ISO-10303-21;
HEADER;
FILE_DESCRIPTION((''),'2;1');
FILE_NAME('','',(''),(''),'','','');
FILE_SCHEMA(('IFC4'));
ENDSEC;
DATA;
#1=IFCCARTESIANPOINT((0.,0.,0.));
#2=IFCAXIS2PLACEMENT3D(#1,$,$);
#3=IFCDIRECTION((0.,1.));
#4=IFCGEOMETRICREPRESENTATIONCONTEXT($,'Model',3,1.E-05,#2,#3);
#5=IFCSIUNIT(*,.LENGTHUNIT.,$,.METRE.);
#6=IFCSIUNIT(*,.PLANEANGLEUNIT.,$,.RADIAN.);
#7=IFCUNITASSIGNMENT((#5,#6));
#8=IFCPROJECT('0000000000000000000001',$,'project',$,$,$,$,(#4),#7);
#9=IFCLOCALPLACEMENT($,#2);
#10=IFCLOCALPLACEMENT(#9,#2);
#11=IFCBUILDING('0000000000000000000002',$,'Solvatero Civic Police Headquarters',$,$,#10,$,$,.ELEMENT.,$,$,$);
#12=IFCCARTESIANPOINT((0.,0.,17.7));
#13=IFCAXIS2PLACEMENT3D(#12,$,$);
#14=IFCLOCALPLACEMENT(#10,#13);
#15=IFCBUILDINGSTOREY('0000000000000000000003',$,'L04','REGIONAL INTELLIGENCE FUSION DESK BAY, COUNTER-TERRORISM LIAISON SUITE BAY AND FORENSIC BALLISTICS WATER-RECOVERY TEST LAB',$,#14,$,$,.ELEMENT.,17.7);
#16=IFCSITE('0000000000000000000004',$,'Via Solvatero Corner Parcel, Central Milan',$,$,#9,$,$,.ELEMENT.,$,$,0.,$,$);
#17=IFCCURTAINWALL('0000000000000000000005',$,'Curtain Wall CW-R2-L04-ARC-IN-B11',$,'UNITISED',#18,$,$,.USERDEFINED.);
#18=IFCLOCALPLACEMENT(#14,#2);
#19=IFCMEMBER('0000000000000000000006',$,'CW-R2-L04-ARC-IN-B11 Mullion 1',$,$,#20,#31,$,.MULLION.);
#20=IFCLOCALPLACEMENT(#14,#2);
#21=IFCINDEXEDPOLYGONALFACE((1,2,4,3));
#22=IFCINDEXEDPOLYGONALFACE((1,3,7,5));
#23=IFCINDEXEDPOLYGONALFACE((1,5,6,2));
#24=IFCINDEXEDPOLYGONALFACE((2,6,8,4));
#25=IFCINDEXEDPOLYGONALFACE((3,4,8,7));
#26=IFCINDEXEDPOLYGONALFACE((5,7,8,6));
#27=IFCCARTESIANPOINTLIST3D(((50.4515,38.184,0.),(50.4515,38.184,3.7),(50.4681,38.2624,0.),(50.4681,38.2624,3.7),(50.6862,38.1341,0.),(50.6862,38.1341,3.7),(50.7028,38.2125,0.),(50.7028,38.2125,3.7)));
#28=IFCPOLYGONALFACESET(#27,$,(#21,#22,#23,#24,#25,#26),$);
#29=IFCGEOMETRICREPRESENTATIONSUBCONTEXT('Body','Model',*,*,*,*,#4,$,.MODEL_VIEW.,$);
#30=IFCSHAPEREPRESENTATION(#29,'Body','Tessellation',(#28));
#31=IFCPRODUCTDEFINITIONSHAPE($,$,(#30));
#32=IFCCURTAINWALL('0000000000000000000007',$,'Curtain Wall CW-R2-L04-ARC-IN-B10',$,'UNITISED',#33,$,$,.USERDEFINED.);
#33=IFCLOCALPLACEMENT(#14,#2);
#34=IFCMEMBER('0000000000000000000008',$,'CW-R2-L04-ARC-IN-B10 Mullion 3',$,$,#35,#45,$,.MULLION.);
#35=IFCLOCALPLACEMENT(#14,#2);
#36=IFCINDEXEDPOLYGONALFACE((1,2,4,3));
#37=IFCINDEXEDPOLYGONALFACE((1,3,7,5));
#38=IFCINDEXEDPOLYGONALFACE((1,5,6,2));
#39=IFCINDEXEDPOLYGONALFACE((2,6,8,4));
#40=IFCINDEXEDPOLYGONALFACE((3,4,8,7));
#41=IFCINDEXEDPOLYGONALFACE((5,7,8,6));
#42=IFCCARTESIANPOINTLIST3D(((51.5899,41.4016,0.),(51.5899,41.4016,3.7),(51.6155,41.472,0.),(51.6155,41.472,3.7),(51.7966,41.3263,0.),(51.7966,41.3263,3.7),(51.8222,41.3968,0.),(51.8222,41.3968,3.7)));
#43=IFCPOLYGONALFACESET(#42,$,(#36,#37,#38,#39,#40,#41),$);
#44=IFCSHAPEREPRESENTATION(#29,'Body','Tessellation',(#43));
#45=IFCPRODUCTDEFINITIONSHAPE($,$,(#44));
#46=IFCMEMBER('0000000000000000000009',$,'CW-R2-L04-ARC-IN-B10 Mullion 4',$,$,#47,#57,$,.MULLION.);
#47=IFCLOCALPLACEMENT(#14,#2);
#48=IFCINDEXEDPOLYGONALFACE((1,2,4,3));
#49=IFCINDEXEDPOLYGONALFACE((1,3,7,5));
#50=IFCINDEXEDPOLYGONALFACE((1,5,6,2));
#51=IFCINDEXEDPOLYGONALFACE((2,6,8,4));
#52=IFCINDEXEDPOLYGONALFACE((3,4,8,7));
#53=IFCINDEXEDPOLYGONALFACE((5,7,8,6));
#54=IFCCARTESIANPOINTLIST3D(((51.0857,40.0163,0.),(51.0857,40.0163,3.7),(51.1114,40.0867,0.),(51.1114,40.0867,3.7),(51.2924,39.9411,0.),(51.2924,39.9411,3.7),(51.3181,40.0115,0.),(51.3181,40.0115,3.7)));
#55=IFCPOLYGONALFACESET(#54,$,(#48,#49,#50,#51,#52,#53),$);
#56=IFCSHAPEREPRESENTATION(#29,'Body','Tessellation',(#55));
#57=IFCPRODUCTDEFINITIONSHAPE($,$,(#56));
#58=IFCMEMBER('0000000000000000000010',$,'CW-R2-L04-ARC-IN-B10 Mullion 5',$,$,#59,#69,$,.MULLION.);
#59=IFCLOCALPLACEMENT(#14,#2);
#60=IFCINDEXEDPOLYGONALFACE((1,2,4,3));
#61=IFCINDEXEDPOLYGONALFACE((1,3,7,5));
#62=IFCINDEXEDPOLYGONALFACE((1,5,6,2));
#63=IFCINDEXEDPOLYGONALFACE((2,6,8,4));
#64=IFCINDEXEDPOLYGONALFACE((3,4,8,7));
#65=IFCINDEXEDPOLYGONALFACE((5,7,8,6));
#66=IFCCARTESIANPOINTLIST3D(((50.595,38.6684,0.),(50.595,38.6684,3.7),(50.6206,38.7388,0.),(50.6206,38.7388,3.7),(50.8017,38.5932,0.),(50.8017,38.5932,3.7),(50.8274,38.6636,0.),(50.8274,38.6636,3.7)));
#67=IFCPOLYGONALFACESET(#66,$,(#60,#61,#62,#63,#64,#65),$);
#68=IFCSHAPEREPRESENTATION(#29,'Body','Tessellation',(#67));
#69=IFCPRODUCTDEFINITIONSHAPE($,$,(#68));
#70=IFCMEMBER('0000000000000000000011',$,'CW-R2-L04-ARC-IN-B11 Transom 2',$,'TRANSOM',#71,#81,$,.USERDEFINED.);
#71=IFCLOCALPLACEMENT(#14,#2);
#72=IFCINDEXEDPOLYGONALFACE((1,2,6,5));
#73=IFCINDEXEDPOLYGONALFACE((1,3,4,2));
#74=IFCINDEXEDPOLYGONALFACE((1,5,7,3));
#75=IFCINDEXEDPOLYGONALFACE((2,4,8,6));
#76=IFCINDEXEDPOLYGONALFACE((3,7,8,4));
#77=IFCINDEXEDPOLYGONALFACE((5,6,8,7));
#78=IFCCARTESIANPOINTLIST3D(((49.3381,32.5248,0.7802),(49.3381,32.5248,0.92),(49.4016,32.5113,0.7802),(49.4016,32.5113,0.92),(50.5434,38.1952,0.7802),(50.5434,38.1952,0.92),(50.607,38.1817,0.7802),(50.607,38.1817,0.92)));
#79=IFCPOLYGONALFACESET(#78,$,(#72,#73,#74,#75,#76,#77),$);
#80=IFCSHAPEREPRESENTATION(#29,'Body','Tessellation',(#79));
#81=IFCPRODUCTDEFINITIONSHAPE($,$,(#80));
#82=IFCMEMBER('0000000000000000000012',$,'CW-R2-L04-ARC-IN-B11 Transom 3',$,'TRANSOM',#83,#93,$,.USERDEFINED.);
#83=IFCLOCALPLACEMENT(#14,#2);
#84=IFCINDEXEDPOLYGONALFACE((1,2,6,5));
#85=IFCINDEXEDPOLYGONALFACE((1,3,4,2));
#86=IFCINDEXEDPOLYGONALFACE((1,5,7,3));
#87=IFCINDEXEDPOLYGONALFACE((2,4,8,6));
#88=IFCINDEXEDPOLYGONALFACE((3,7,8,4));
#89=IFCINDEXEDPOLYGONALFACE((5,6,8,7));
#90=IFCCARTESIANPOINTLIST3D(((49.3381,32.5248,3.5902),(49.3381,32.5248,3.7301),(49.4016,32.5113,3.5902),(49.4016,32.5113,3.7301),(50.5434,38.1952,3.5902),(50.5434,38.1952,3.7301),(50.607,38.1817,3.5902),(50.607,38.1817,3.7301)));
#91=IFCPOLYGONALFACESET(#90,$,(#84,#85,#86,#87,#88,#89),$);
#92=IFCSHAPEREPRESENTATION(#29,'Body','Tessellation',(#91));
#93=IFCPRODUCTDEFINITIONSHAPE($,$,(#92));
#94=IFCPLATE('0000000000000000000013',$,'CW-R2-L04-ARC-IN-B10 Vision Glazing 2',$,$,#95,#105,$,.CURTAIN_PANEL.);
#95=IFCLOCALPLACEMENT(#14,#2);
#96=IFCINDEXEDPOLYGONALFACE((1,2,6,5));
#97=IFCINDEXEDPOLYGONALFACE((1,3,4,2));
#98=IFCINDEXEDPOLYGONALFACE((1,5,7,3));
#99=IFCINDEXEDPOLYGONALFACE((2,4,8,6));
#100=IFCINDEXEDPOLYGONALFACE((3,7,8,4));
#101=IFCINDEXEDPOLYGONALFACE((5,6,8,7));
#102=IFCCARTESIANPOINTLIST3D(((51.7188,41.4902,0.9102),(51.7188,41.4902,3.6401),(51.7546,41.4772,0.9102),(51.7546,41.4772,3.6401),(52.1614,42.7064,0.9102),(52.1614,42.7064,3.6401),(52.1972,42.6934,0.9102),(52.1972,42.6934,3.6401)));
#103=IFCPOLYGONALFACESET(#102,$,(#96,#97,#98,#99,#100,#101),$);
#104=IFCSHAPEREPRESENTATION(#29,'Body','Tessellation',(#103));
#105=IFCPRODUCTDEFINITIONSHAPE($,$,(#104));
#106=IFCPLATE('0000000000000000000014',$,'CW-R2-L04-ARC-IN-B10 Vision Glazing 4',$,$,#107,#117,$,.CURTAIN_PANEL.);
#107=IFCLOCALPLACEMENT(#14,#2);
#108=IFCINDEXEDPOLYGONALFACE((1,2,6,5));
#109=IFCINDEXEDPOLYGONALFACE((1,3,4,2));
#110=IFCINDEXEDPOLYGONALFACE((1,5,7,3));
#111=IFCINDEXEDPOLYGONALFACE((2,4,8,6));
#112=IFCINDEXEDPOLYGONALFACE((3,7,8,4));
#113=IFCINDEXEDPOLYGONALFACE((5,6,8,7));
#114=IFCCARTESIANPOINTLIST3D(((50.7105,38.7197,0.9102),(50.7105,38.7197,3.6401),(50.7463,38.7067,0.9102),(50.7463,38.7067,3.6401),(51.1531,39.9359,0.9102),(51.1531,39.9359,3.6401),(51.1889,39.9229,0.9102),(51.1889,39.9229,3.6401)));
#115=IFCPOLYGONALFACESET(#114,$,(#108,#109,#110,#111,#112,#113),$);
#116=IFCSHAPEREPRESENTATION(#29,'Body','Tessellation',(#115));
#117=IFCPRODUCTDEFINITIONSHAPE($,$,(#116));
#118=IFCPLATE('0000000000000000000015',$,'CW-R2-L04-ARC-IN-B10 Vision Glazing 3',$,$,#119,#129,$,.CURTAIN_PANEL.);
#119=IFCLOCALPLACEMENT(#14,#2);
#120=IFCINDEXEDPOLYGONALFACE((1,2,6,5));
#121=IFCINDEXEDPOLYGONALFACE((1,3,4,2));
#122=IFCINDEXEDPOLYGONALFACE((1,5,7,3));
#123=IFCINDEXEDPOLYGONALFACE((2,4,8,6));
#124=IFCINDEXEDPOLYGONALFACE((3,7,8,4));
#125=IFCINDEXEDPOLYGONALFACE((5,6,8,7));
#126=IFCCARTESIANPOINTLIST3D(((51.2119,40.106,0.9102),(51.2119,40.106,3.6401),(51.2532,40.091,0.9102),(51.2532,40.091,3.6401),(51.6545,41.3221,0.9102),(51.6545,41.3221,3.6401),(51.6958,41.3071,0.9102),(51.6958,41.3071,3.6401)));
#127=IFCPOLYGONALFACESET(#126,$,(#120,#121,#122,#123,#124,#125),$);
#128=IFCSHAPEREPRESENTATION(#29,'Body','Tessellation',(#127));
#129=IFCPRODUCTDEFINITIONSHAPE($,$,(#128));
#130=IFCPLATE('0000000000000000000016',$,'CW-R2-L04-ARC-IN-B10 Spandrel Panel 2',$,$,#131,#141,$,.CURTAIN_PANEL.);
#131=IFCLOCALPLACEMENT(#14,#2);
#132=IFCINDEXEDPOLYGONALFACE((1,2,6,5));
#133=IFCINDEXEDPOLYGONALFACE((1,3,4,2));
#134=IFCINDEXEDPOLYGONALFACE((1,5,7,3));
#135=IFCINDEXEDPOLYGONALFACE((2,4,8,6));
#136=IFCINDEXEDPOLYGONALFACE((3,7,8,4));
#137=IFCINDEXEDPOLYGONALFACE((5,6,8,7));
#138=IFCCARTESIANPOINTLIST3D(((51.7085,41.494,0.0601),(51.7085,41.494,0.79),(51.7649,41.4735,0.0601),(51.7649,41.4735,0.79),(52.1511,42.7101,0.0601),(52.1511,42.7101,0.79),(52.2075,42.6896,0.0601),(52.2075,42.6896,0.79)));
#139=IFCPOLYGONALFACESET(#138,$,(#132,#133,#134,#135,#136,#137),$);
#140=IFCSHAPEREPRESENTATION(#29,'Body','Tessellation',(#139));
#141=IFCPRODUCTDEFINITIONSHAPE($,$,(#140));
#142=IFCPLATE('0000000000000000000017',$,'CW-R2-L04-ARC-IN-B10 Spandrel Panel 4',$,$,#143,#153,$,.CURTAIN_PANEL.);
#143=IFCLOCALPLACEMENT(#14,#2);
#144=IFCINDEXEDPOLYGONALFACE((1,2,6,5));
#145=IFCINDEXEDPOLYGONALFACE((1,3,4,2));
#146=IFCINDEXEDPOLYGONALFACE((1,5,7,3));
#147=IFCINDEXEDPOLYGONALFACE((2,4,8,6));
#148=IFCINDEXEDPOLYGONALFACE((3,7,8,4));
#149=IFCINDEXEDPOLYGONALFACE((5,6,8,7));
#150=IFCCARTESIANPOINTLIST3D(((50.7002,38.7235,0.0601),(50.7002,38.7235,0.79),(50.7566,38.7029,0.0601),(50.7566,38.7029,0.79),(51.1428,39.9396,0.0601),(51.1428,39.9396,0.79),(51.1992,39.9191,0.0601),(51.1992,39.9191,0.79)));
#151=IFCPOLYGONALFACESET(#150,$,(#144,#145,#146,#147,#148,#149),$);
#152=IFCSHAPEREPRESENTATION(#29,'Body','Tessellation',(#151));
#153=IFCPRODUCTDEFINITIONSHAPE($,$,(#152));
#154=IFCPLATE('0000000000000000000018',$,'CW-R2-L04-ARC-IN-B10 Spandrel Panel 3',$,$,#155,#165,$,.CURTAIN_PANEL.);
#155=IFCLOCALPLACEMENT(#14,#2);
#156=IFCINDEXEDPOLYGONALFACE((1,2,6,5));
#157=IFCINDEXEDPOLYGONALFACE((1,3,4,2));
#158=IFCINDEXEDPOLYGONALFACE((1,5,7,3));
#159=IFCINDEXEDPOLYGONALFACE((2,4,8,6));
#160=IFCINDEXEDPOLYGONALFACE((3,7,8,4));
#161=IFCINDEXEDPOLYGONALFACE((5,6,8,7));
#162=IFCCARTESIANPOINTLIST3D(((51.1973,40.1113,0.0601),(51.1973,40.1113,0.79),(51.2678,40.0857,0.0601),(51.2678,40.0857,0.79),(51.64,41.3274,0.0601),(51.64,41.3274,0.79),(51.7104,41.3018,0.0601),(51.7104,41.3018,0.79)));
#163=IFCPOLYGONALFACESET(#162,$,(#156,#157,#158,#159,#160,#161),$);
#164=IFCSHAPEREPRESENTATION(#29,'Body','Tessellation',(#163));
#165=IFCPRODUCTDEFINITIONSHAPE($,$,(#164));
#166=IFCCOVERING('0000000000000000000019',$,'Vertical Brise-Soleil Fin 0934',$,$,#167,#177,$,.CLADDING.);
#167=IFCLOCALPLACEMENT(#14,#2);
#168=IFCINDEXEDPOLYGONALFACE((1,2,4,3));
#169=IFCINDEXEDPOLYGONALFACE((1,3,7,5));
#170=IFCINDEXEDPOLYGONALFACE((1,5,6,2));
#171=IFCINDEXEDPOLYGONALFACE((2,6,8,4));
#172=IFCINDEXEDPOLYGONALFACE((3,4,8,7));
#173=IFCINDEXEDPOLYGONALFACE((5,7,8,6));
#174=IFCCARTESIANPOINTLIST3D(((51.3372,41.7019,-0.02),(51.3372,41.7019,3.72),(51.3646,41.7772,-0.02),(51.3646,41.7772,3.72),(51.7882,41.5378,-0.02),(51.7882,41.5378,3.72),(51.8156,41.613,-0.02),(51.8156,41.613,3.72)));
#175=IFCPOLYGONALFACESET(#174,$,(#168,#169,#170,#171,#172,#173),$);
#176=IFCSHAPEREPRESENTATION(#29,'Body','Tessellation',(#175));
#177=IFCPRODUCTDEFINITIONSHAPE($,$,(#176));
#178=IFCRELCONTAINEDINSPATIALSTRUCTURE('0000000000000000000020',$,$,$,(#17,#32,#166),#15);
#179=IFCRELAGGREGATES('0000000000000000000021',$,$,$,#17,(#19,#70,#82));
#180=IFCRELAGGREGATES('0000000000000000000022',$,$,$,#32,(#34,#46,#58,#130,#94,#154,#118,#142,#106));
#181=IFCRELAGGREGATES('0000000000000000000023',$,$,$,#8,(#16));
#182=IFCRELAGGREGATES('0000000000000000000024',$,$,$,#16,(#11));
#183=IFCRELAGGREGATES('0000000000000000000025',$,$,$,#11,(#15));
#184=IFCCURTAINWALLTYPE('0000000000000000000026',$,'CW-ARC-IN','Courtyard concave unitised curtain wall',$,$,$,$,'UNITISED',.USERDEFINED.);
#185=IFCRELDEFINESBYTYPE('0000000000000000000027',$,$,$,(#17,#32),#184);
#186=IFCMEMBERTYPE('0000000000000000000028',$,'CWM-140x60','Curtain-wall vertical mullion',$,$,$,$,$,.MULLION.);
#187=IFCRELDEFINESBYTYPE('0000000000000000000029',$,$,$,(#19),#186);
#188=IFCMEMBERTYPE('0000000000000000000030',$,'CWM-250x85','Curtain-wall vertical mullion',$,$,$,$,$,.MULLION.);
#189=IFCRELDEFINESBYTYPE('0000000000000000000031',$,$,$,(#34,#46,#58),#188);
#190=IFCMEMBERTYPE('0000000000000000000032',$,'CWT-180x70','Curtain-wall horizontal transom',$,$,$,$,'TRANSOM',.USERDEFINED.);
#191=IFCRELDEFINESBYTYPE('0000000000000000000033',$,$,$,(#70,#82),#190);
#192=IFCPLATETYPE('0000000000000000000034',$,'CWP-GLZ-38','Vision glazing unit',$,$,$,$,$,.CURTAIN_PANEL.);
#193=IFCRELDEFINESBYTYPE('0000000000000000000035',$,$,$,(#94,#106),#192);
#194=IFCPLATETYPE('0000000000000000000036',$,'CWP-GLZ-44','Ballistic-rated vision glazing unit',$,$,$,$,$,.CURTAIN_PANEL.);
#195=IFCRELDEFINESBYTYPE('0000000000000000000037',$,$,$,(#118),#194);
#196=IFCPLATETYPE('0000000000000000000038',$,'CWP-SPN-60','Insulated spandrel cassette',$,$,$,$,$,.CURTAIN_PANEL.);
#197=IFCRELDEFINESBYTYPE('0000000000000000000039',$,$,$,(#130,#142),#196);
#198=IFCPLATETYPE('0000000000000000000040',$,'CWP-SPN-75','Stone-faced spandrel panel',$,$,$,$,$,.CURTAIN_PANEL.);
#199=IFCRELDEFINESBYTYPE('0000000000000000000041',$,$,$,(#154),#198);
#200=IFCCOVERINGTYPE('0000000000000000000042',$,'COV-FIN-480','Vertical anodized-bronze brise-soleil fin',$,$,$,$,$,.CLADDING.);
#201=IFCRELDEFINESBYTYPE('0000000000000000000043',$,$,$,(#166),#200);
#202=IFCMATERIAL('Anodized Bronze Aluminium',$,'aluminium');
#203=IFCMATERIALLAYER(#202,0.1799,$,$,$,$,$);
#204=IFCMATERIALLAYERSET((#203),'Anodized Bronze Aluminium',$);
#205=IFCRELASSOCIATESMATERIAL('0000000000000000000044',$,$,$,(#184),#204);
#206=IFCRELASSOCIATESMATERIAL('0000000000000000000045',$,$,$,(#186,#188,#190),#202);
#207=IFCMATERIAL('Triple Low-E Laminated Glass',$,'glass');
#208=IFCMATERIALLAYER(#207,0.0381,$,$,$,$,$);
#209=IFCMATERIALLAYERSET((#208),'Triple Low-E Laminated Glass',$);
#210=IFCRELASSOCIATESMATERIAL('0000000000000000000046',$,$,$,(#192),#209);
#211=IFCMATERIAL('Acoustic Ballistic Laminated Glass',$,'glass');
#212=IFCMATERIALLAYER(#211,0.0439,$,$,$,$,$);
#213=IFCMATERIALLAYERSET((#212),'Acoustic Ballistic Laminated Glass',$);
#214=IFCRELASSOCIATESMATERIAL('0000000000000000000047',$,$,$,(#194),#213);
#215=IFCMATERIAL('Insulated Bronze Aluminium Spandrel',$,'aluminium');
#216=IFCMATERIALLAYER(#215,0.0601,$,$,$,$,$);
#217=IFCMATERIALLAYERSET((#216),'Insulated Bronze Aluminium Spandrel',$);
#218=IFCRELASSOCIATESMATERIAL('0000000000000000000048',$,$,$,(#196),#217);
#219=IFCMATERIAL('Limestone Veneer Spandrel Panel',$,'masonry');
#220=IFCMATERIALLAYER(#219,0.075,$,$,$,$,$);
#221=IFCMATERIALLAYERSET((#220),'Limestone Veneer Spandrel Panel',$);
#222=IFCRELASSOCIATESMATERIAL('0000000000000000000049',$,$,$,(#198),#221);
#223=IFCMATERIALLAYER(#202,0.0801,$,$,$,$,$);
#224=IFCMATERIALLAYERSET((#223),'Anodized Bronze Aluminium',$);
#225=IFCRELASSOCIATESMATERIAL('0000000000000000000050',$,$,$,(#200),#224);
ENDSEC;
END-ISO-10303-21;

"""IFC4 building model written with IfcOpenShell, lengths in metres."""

from ifc_helpers import new_model, si_unit, direction, frame, origin, origin_2d, place, context, subcontext, project, spatial, rectangle, extrude, material, layer, layer_set, material_profile, profile_set, type_object, element, aggregate, save


model = new_model("IFC4")

# Units and contexts
model_context = context("Model", 3, precision=1e-05, world=origin(), true_north=direction((0.0, 1.0)))
body_context = subcontext(model_context, "Body", "Model", "MODEL_VIEW")
ifc_project = project(units=[si_unit("LENGTHUNIT", "METRE"), si_unit("PLANEANGLEUNIT", "RADIAN")], contexts=[model_context])

# Site, building, storey
site_placement = place(None, origin())
site = spatial("IfcSite", under=ifc_project, at=site_placement, Name="Via Solvatero Corner Parcel, Central Milan", CompositionType="ELEMENT", RefElevation=0.0)
building_placement = place(site_placement, origin())
building = spatial("IfcBuilding", under=site, at=building_placement, Name="Solvatero Civic Police Headquarters", CompositionType="ELEMENT")
storey_placement = place(building_placement, frame((0.0, 0.0, 17.7)))
storey = spatial("IfcBuildingStorey", under=building, at=storey_placement, Name="L04", Description="REGIONAL INTELLIGENCE FUSION DESK BAY, COUNTER-TERRORISM LIAISON SUITE BAY AND FORENSIC BALLISTICS WATER-RECOVERY TEST LAB", CompositionType="ELEMENT", Elevation=17.7)

# Curtain wall, member
ifc_material_1 = material(Name="Anodized Bronze Aluminium", Category="aluminium")
ifc_layer_1 = layer(ifc_material_1, 0.1799)
ifc_layer_set_1 = layer_set([ifc_layer_1], Name="Anodized Bronze Aluminium")
curtain_wall_type = type_object("IfcCurtainWallType", Name="CW-ARC-IN", Description="Courtyard concave unitised curtain wall", ElementType="UNITISED", PredefinedType="USERDEFINED", material=ifc_layer_set_1)
curtain_wall_1_placement = place(storey_placement, origin())
curtain_wall_1 = element("IfcCurtainWall", 1, at=curtain_wall_1_placement, inside=storey, type_object=curtain_wall_type, Name="Curtain Wall CW-R2-L04-ARC-IN-B11", ObjectType="UNITISED", PredefinedType="USERDEFINED")
ifc_material_profile_1 = material_profile(ifc_material_1, rectangle(XDim=0.0801, YDim=0.24, at=origin_2d()), Name="ALU MULLION 80x240")
ifc_profile_set_1 = profile_set([ifc_material_profile_1], Name="Anodized Bronze Aluminium")
member_type_1 = type_object("IfcMemberType", Name="CWM-140x60", Description="Curtain-wall vertical mullion", PredefinedType="MULLION", material=ifc_profile_set_1)
member_1_placement = place(storey_placement, frame((50.5771, 38.1982, 0.0), z_axis=(0.0, 0.0, 1.0), x_axis=(-0.207912, -0.978148, 0.0)))
member_1 = element("IfcMember", 2, at=member_1_placement, type_object=member_type_1, Name="CW-R2-L04-ARC-IN-B11 Mullion 1", PredefinedType="MULLION", context=body_context, shape_type="SweptSolid", body=[
    extrude(rectangle(XDim=0.0801, YDim=0.24, at=origin_2d()), origin(), (0.0, 0.0, 1.0), 3.7),
])

# Curtain wall, members
curtain_wall_2_placement = place(storey_placement, origin())
curtain_wall_2 = element("IfcCurtainWall", 3, at=curtain_wall_2_placement, inside=storey, type_object=curtain_wall_type, Name="Curtain Wall CW-R2-L04-ARC-IN-B10", ObjectType="UNITISED", PredefinedType="USERDEFINED")
ifc_material_profile_2 = material_profile(ifc_material_1, rectangle(XDim=0.075, YDim=0.22, at=origin_2d()), Name="ALU MULLION 75x220")
ifc_profile_set_2 = profile_set([ifc_material_profile_2], Name="Anodized Bronze Aluminium")
member_type_2 = type_object("IfcMemberType", Name="CWM-250x85", Description="Curtain-wall vertical mullion", PredefinedType="MULLION", material=ifc_profile_set_2)
member_2_placement = place(storey_placement, frame((51.7061, 41.3992, 0.0), z_axis=(0.0, 0.0, 1.0), x_axis=(-0.342004, -0.939699, 0.0)))
member_2 = element("IfcMember", 4, at=member_2_placement, type_object=member_type_2, Name="CW-R2-L04-ARC-IN-B10 Mullion 3", PredefinedType="MULLION", context=body_context, shape_type="SweptSolid", body=[
    extrude(rectangle(XDim=0.075, YDim=0.22, at=origin_2d()), origin(), (0.0, 0.0, 1.0), 3.7),
])
member_3_placement = place(storey_placement, frame((51.2019, 40.0139, 0.0), z_axis=(0.0, 0.0, 1.0), x_axis=(-0.342004, -0.939699, 0.0)))
member_3 = element("IfcMember", 5, at=member_3_placement, type_object=member_type_2, Name="CW-R2-L04-ARC-IN-B10 Mullion 4", PredefinedType="MULLION", context=body_context, shape_type="SweptSolid", body=[
    extrude(rectangle(XDim=0.075, YDim=0.22, at=origin_2d()), origin(), (0.0, 0.0, 1.0), 3.7),
])
member_4_placement = place(storey_placement, frame((50.7112, 38.666, 0.0), z_axis=(0.0, 0.0, 1.0), x_axis=(-0.342004, -0.939699, 0.0)))
member_4 = element("IfcMember", 6, at=member_4_placement, type_object=member_type_2, Name="CW-R2-L04-ARC-IN-B10 Mullion 5", PredefinedType="MULLION", context=body_context, shape_type="SweptSolid", body=[
    extrude(rectangle(XDim=0.075, YDim=0.22, at=origin_2d()), origin(), (0.0, 0.0, 1.0), 3.7),
])

# Members
ifc_material_profile_3 = material_profile(ifc_material_1, rectangle(XDim=0.0649, YDim=0.1399, at=origin_2d()), Name="ALU TRANSOM 65x140")
ifc_profile_set_3 = profile_set([ifc_material_profile_3], Name="Anodized Bronze Aluminium")
member_type_3 = type_object("IfcMemberType", Name="CWT-180x70", Description="Curtain-wall horizontal transom", ElementType="TRANSOM", PredefinedType="USERDEFINED", material=ifc_profile_set_3)
member_5_placement = place(storey_placement, frame((50.5752, 38.1885, 0.8501), z_axis=(-0.207918, -0.978146, 0.0), x_axis=(0.978146, -0.207918, 0.0)))
member_5 = element("IfcMember", 7, at=member_5_placement, type_object=member_type_3, Name="CW-R2-L04-ARC-IN-B11 Transom 2", ObjectType="TRANSOM", PredefinedType="USERDEFINED", context=body_context, shape_type="SweptSolid", body=[
    extrude(rectangle(XDim=0.0649, YDim=0.1399, at=origin_2d()), origin(), (0.0, 0.0, 1.0), 5.7971),
])
member_6_placement = place(storey_placement, frame((50.5752, 38.1885, 3.6602), z_axis=(-0.207918, -0.978146, 0.0), x_axis=(0.978146, -0.207918, 0.0)))
member_6 = element("IfcMember", 8, at=member_6_placement, type_object=member_type_3, Name="CW-R2-L04-ARC-IN-B11 Transom 3", ObjectType="TRANSOM", PredefinedType="USERDEFINED", context=body_context, shape_type="SweptSolid", body=[
    extrude(rectangle(XDim=0.0649, YDim=0.1399, at=origin_2d()), origin(), (0.0, 0.0, 1.0), 5.7971),
])
aggregate(curtain_wall_1, [member_1, member_5, member_6])

# Plates
ifc_material_2 = material(Name="Triple Low-E Laminated Glass", Category="glass")
ifc_layer_2 = layer(ifc_material_2, 0.0381)
ifc_layer_set_2 = layer_set([ifc_layer_2], Name="Triple Low-E Laminated Glass")
plate_type_1 = type_object("IfcPlateType", Name="CWP-GLZ-38", Description="Vision glazing unit", PredefinedType="CURTAIN_PANEL", material=ifc_layer_set_2)
plate_1_placement = place(storey_placement, frame((51.958, 42.0918, 0.9102), z_axis=(0.0, 0.0, 1.0), x_axis=(-0.342004, -0.939699, 0.0)))
plate_1 = element("IfcPlate", 9, at=plate_1_placement, type_object=plate_type_1, Name="CW-R2-L04-ARC-IN-B10 Vision Glazing 2", PredefinedType="CURTAIN_PANEL", context=body_context, shape_type="SweptSolid", body=[
    extrude(rectangle(XDim=1.2942, YDim=0.0381, at=origin_2d()), origin(), (0.0, 0.0, 1.0), 2.73),
])
plate_2_placement = place(storey_placement, frame((50.9497, 39.3213, 0.9102), z_axis=(0.0, 0.0, 1.0), x_axis=(-0.342004, -0.939699, 0.0)))
plate_2 = element("IfcPlate", 10, at=plate_2_placement, type_object=plate_type_1, Name="CW-R2-L04-ARC-IN-B10 Vision Glazing 4", PredefinedType="CURTAIN_PANEL", context=body_context, shape_type="SweptSolid", body=[
    extrude(rectangle(XDim=1.2942, YDim=0.0381, at=origin_2d()), origin(), (0.0, 0.0, 1.0), 2.73),
])
ifc_material_3 = material(Name="Acoustic Ballistic Laminated Glass", Category="glass")
ifc_layer_3 = layer(ifc_material_3, 0.0439)
ifc_layer_set_3 = layer_set([ifc_layer_3], Name="Acoustic Ballistic Laminated Glass")
plate_type_2 = type_object("IfcPlateType", Name="CWP-GLZ-44", Description="Ballistic-rated vision glazing unit", PredefinedType="CURTAIN_PANEL", material=ifc_layer_set_3)
plate_3_placement = place(storey_placement, frame((51.4539, 40.7065, 0.9102), z_axis=(0.0, 0.0, 1.0), x_axis=(-0.342004, -0.939699, 0.0)))
plate_3 = element("IfcPlate", 11, at=plate_3_placement, type_object=plate_type_2, Name="CW-R2-L04-ARC-IN-B10 Vision Glazing 3", PredefinedType="CURTAIN_PANEL", context=body_context, shape_type="SweptSolid", body=[
    extrude(rectangle(XDim=1.2942, YDim=0.0439, at=origin_2d()), origin(), (0.0, 0.0, 1.0), 2.73),
])
ifc_material_4 = material(Name="Insulated Bronze Aluminium Spandrel", Category="aluminium")
ifc_layer_4 = layer(ifc_material_4, 0.0601)
ifc_layer_set_4 = layer_set([ifc_layer_4], Name="Insulated Bronze Aluminium Spandrel")
plate_type_3 = type_object("IfcPlateType", Name="CWP-SPN-60", Description="Insulated spandrel cassette", PredefinedType="CURTAIN_PANEL", material=ifc_layer_set_4)
plate_4_placement = place(storey_placement, frame((51.958, 42.0918, 0.0601), z_axis=(0.0, 0.0, 1.0), x_axis=(-0.342004, -0.939699, 0.0)))
plate_4 = element("IfcPlate", 12, at=plate_4_placement, type_object=plate_type_3, Name="CW-R2-L04-ARC-IN-B10 Spandrel Panel 2", PredefinedType="CURTAIN_PANEL", context=body_context, shape_type="SweptSolid", body=[
    extrude(rectangle(XDim=1.2942, YDim=0.0601, at=origin_2d()), origin(), (0.0, 0.0, 1.0), 0.73),
])
plate_5_placement = place(storey_placement, frame((50.9497, 39.3213, 0.0601), z_axis=(0.0, 0.0, 1.0), x_axis=(-0.342004, -0.939699, 0.0)))
plate_5 = element("IfcPlate", 13, at=plate_5_placement, type_object=plate_type_3, Name="CW-R2-L04-ARC-IN-B10 Spandrel Panel 4", PredefinedType="CURTAIN_PANEL", context=body_context, shape_type="SweptSolid", body=[
    extrude(rectangle(XDim=1.2942, YDim=0.0601, at=origin_2d()), origin(), (0.0, 0.0, 1.0), 0.73),
])
ifc_material_5 = material(Name="Limestone Veneer Spandrel Panel", Category="masonry")
ifc_layer_5 = layer(ifc_material_5, 0.075)
ifc_layer_set_5 = layer_set([ifc_layer_5], Name="Limestone Veneer Spandrel Panel")
plate_type_4 = type_object("IfcPlateType", Name="CWP-SPN-75", Description="Stone-faced spandrel panel", PredefinedType="CURTAIN_PANEL", material=ifc_layer_set_5)
plate_6_placement = place(storey_placement, frame((51.4539, 40.7065, 0.0601), z_axis=(0.0, 0.0, 1.0), x_axis=(-0.342004, -0.939699, 0.0)))
plate_6 = element("IfcPlate", 14, at=plate_6_placement, type_object=plate_type_4, Name="CW-R2-L04-ARC-IN-B10 Spandrel Panel 3", PredefinedType="CURTAIN_PANEL", context=body_context, shape_type="SweptSolid", body=[
    extrude(rectangle(XDim=1.2942, YDim=0.075, at=origin_2d()), origin(), (0.0, 0.0, 1.0), 0.73),
])
aggregate(curtain_wall_2, [member_2, member_3, member_4, plate_4, plate_1, plate_6, plate_3, plate_5, plate_2])

# Covering
ifc_layer_6 = layer(ifc_material_1, 0.0801)
ifc_layer_set_6 = layer_set([ifc_layer_6], Name="Anodized Bronze Aluminium")
covering_type = type_object("IfcCoveringType", Name="COV-FIN-480", Description="Vertical anodized-bronze brise-soleil fin", PredefinedType="CLADDING", material=ifc_layer_set_6)
for number, where, z_axis, x_axis, name in (
    (15, (51.5764, 41.6575, -0.02), (0.0, 0.0, 1.0), (-0.342004, -0.939699, 0.0), "Vertical Brise-Soleil Fin 0934"),
):
    element("IfcCovering", number, at=place(storey_placement, frame(where, z_axis=z_axis, x_axis=x_axis)), inside=storey, type_object=covering_type, Name=name, PredefinedType="CLADDING", context=body_context, shape_type="SweptSolid", body=[
        extrude(rectangle(XDim=0.0801, YDim=0.48, at=origin_2d()), origin(), (0.0, 0.0, 1.0), 3.74),
    ])

save(model, "model.ifc")
